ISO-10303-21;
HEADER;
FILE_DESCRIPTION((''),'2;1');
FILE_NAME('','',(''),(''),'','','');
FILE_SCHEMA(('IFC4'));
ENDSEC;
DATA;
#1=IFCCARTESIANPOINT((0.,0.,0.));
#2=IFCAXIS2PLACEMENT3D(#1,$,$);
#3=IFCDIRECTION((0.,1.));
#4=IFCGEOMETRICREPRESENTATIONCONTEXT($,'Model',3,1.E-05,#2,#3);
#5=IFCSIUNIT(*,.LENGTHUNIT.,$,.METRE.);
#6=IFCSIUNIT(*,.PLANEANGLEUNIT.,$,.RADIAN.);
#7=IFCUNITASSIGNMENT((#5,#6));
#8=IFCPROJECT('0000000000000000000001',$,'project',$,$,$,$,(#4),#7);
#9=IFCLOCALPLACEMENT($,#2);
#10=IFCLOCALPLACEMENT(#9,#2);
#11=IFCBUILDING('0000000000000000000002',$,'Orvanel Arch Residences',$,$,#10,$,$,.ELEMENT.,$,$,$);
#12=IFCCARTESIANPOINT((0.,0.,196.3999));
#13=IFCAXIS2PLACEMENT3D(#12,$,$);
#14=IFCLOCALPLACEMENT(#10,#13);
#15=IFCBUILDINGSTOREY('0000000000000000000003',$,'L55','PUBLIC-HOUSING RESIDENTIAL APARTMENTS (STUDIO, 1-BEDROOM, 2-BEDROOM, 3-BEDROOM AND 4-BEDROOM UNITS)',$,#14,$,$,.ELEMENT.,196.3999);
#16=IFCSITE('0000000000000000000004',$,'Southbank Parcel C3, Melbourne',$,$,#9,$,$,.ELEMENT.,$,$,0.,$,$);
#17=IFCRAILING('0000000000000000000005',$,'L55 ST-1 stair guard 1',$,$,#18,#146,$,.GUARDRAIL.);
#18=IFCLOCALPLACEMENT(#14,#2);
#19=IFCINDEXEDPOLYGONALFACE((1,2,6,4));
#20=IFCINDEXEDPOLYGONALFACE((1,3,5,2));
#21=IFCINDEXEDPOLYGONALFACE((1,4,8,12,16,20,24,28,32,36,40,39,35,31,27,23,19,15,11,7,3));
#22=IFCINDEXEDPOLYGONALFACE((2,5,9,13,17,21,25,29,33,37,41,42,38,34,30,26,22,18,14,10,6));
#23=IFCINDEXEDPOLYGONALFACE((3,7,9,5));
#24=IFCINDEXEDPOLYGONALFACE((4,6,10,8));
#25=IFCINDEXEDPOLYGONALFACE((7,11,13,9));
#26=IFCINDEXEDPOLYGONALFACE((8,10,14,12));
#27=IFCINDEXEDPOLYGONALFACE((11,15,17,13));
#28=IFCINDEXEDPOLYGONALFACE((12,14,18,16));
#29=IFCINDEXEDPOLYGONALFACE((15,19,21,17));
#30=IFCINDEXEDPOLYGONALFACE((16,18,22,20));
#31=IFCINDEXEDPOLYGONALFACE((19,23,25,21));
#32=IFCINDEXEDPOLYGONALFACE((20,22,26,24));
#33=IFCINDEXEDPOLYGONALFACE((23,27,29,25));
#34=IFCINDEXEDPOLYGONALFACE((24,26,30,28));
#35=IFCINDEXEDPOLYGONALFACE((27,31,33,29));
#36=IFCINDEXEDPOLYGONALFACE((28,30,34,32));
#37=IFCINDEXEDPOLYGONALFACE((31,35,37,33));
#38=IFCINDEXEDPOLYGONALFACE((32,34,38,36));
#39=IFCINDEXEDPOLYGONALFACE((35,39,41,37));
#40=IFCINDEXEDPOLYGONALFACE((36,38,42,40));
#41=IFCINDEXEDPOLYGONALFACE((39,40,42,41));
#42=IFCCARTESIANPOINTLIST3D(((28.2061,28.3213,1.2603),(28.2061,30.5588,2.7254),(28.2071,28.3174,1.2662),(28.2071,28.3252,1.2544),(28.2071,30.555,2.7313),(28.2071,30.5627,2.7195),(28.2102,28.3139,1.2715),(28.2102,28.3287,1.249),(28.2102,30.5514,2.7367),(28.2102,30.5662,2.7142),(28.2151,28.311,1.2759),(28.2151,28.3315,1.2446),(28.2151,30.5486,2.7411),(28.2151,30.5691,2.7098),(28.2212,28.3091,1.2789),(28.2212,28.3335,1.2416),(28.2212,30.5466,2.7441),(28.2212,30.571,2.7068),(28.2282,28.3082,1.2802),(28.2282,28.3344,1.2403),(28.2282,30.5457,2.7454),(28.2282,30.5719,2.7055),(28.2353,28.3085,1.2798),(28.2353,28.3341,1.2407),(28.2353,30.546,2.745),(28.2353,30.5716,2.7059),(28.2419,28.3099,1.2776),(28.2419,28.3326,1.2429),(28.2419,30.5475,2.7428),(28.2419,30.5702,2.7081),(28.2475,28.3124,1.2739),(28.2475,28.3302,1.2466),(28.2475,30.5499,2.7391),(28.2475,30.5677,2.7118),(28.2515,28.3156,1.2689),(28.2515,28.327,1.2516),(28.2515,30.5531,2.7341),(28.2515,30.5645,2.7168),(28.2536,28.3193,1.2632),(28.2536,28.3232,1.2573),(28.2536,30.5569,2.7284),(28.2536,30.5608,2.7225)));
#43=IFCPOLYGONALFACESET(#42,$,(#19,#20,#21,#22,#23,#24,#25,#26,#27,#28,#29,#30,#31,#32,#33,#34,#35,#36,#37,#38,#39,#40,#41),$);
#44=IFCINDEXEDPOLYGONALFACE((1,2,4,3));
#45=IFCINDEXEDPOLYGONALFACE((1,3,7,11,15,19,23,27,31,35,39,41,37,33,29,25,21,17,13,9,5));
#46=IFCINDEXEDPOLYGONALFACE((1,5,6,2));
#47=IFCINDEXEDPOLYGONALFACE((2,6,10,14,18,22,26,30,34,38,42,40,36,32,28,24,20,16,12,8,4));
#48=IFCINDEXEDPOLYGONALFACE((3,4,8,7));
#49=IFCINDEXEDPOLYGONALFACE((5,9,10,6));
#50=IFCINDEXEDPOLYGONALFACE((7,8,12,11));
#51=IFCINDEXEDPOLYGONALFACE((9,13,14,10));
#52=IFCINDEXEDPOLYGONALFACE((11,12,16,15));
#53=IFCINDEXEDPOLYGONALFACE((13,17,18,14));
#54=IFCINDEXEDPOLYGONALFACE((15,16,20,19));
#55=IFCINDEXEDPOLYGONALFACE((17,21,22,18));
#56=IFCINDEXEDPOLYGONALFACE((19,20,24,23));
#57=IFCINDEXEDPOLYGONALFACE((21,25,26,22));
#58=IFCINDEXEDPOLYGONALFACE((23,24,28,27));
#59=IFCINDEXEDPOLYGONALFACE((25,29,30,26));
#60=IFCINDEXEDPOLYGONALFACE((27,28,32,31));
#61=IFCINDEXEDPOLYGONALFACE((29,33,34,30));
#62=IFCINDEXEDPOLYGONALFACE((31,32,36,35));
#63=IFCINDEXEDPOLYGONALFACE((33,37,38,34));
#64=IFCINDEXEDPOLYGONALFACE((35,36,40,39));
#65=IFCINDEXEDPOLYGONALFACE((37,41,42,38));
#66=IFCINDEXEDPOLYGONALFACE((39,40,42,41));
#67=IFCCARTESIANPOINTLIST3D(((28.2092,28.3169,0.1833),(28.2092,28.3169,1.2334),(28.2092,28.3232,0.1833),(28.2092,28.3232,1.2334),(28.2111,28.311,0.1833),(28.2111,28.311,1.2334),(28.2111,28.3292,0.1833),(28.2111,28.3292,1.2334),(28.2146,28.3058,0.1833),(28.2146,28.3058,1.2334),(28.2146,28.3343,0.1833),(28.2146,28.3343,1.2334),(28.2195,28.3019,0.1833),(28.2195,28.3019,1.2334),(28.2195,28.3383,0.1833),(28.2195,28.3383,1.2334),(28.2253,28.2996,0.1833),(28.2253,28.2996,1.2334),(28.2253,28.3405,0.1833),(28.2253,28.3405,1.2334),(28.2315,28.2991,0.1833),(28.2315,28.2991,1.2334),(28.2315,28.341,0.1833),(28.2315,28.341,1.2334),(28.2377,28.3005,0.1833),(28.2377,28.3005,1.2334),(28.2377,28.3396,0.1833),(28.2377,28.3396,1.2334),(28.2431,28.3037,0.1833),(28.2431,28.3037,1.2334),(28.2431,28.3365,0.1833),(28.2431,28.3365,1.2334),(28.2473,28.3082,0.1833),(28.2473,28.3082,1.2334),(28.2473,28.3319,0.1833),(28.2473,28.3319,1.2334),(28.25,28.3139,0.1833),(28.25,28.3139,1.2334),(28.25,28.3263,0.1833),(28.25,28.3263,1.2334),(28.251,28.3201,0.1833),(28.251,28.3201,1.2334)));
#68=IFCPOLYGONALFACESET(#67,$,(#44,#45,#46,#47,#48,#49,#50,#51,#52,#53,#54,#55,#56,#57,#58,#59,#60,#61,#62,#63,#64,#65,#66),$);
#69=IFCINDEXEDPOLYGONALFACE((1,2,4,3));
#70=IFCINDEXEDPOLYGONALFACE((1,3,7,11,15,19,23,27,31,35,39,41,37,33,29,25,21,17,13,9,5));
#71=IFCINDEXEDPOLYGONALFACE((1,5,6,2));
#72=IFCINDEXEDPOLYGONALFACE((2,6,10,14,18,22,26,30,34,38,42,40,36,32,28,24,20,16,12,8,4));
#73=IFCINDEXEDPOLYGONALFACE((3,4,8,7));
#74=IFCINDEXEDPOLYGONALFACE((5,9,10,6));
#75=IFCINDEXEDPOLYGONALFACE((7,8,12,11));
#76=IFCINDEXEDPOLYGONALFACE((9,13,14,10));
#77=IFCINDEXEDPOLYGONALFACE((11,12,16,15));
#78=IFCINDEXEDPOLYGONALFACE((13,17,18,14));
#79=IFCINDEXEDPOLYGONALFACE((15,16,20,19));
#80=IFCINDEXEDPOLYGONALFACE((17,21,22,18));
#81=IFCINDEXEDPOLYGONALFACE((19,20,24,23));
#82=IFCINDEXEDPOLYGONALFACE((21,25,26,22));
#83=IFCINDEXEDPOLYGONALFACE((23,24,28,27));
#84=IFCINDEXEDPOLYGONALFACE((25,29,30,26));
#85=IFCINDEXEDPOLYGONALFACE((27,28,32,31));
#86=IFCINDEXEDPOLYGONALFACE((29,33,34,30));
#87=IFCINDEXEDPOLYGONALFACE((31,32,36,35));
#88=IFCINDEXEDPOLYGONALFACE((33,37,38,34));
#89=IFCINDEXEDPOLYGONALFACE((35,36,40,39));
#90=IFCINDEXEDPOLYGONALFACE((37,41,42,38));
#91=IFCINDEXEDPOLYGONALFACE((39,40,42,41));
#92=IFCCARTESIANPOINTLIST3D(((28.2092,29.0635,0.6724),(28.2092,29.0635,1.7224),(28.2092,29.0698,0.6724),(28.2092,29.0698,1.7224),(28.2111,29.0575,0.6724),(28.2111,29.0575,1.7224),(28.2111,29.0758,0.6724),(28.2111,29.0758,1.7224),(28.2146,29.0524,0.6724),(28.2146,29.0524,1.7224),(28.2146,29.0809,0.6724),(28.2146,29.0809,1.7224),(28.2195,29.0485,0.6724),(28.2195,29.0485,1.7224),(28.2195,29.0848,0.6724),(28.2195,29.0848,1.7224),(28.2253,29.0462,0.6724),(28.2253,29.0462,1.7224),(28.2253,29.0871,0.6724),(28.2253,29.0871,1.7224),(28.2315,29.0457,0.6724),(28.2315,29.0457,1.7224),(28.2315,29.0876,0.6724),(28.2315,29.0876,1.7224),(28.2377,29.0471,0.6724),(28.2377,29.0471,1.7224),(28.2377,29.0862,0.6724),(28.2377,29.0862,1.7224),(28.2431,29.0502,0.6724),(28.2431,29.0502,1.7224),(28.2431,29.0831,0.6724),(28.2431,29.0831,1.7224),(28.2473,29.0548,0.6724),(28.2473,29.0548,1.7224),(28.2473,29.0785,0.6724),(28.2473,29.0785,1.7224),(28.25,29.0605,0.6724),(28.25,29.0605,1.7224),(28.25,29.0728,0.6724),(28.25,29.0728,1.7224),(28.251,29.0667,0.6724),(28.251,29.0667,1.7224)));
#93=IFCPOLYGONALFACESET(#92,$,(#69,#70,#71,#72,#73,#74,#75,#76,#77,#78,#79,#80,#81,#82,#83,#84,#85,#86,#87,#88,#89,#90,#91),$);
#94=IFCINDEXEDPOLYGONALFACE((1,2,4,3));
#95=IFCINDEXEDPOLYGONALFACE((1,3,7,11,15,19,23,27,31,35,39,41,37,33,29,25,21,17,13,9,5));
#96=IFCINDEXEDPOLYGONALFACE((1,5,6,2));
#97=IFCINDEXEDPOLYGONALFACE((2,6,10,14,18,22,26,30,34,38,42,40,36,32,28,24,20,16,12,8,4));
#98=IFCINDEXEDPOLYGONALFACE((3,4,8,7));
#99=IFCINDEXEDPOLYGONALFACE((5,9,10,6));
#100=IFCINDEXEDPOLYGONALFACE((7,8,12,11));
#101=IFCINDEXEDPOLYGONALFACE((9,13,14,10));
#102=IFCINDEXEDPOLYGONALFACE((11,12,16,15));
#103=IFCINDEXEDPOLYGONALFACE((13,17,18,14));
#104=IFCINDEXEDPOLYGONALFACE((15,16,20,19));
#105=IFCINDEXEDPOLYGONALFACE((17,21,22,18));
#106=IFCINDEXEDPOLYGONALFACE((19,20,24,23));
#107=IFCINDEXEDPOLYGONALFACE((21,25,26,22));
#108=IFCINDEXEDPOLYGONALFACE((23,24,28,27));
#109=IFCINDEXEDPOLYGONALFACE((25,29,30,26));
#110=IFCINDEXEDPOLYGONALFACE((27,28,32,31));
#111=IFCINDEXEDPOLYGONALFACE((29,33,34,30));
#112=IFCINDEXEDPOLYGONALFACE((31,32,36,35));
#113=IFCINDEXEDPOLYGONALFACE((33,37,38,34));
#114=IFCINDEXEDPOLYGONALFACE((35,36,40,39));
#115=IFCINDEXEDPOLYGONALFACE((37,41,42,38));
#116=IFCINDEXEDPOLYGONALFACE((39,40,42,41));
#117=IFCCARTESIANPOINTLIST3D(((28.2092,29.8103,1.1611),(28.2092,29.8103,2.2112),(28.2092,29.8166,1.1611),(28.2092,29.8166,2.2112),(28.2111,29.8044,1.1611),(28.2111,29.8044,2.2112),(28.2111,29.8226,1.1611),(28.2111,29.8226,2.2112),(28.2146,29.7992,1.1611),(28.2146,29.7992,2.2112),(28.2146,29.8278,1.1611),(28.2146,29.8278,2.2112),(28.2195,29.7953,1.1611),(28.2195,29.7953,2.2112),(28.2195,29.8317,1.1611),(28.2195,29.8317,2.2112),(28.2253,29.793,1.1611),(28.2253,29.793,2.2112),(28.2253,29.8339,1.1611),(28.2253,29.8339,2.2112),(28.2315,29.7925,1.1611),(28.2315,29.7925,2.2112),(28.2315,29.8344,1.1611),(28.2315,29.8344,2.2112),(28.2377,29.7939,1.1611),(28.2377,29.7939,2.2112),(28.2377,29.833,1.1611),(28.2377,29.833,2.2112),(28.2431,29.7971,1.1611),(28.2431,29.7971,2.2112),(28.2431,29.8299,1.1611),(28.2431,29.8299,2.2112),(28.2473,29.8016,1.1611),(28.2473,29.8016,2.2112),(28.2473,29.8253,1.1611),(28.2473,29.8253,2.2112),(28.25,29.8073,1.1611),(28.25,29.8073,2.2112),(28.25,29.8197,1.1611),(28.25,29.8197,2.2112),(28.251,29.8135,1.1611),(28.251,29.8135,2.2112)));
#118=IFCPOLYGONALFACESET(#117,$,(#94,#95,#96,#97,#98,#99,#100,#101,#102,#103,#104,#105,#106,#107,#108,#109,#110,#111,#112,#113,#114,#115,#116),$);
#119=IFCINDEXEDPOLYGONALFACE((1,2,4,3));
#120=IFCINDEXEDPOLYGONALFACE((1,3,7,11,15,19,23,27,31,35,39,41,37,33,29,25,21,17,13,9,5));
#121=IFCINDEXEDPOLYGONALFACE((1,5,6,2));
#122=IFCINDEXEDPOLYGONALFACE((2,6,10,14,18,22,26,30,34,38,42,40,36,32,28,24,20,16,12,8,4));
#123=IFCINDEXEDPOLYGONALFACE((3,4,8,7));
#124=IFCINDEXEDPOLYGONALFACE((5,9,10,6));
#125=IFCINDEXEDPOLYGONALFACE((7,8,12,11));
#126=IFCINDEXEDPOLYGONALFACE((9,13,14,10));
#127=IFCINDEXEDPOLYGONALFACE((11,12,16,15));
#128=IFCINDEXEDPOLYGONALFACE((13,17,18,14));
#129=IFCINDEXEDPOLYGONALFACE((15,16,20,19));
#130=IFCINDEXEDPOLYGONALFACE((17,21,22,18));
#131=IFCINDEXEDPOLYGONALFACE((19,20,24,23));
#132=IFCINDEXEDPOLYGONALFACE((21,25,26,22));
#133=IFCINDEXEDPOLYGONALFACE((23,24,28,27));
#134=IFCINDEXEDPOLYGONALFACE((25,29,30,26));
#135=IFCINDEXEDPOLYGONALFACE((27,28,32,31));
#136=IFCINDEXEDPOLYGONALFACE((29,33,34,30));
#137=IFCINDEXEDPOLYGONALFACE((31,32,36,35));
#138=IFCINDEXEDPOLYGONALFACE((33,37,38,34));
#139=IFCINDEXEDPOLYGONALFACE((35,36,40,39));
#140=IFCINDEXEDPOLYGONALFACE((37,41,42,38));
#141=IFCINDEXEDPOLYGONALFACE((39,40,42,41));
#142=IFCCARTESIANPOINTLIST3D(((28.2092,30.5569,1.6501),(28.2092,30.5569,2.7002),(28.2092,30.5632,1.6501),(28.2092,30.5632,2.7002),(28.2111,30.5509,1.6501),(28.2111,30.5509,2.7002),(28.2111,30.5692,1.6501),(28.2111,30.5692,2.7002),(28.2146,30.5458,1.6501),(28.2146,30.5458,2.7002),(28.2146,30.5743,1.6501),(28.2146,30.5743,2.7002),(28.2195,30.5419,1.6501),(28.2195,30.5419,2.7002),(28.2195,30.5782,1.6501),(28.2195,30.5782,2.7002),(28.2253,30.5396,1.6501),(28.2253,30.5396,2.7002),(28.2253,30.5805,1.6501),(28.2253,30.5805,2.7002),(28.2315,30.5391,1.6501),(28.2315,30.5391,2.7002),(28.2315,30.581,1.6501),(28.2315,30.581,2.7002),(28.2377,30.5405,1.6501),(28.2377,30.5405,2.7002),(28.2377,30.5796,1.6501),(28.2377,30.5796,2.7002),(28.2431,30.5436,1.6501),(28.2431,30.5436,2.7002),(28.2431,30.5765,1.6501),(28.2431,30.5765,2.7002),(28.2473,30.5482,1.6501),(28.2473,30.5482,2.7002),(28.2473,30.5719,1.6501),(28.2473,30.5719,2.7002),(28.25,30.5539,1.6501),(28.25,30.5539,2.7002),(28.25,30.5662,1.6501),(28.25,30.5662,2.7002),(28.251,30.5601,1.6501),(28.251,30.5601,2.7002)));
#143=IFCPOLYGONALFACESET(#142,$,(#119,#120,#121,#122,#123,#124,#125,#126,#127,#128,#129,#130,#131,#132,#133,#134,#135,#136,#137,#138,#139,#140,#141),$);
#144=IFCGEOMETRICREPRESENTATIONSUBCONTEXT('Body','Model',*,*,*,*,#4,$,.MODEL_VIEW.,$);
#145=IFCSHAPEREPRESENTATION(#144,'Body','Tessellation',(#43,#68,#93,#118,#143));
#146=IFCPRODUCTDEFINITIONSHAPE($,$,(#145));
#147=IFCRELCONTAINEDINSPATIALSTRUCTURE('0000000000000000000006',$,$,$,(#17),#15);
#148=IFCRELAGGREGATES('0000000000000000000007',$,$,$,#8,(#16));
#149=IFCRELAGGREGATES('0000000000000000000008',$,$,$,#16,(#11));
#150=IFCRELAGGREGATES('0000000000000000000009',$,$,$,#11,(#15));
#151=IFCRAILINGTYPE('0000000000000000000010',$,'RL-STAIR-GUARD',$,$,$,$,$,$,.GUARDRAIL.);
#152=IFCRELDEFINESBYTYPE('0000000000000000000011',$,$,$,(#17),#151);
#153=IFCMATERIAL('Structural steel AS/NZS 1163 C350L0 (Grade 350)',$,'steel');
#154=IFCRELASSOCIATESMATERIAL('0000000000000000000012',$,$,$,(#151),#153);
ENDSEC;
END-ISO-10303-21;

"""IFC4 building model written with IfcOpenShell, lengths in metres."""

from ifc_helpers import new_model, si_unit, direction, frame, origin, origin_2d, place, context, subcontext, project, spatial, circle, extrude, material, type_object, element, save


model = new_model("IFC4")

# Units and contexts
model_context = context("Model", 3, precision=1e-05, world=origin(), true_north=direction((0.0, 1.0)))
body_context = subcontext(model_context, "Body", "Model", "MODEL_VIEW")
ifc_project = project(units=[si_unit("LENGTHUNIT", "METRE"), si_unit("PLANEANGLEUNIT", "RADIAN")], contexts=[model_context])

# Site, building, storey
site_placement = place(None, origin())
site = spatial("IfcSite", under=ifc_project, at=site_placement, Name="Southbank Parcel C3, Melbourne", CompositionType="ELEMENT", RefElevation=0.0)
building_placement = place(site_placement, origin())
building = spatial("IfcBuilding", under=site, at=building_placement, Name="Orvanel Arch Residences", CompositionType="ELEMENT")
storey_placement = place(building_placement, frame((0.0, 0.0, 196.3999)))
storey = spatial("IfcBuildingStorey", under=building, at=storey_placement, Name="L55", Description="PUBLIC-HOUSING RESIDENTIAL APARTMENTS (STUDIO, 1-BEDROOM, 2-BEDROOM, 3-BEDROOM AND 4-BEDROOM UNITS)", CompositionType="ELEMENT", Elevation=196.3999)

# Railing
ifc_material_1 = material(Name="Structural steel AS/NZS 1163 C350L0 (Grade 350)", Category="steel")
railing_type_1 = type_object("IfcRailingType", Name="RL-STAIR-GUARD", PredefinedType="GUARDRAIL", material=ifc_material_1)
railing_1_placement = place(storey_placement, frame((28.23, 28.3201, 0.1833)))
element("IfcRailing", 1, at=railing_1_placement, inside=storey, type_object=railing_type_1, Name="L55 ST-1 stair guard 1", PredefinedType="GUARDRAIL", context=body_context, shape_type="SweptSolid", body=[
    extrude(circle(Radius=0.0239, at=origin_2d()), frame((0.0, 0.0012, 1.0769), z_axis=(0.0, 0.836595, 0.547822), x_axis=(-1.0, 0.0, 0.0)), (0.0, 0.0, 1.0), 2.6746),
    extrude(circle(Radius=0.021, at=origin_2d()), origin(), (0.0, 0.0, 1.0), 1.05),
    extrude(circle(Radius=0.021, at=origin_2d()), frame((0.0, 0.7466, 0.489)), (0.0, 0.0, 1.0), 1.05),
    extrude(circle(Radius=0.021, at=origin_2d()), frame((0.0, 1.4934, 0.9778)), (0.0, 0.0, 1.0), 1.05),
    extrude(circle(Radius=0.021, at=origin_2d()), frame((0.0, 2.24, 1.4668)), (0.0, 0.0, 1.0), 1.05),
])

save(model, "model.ifc")
